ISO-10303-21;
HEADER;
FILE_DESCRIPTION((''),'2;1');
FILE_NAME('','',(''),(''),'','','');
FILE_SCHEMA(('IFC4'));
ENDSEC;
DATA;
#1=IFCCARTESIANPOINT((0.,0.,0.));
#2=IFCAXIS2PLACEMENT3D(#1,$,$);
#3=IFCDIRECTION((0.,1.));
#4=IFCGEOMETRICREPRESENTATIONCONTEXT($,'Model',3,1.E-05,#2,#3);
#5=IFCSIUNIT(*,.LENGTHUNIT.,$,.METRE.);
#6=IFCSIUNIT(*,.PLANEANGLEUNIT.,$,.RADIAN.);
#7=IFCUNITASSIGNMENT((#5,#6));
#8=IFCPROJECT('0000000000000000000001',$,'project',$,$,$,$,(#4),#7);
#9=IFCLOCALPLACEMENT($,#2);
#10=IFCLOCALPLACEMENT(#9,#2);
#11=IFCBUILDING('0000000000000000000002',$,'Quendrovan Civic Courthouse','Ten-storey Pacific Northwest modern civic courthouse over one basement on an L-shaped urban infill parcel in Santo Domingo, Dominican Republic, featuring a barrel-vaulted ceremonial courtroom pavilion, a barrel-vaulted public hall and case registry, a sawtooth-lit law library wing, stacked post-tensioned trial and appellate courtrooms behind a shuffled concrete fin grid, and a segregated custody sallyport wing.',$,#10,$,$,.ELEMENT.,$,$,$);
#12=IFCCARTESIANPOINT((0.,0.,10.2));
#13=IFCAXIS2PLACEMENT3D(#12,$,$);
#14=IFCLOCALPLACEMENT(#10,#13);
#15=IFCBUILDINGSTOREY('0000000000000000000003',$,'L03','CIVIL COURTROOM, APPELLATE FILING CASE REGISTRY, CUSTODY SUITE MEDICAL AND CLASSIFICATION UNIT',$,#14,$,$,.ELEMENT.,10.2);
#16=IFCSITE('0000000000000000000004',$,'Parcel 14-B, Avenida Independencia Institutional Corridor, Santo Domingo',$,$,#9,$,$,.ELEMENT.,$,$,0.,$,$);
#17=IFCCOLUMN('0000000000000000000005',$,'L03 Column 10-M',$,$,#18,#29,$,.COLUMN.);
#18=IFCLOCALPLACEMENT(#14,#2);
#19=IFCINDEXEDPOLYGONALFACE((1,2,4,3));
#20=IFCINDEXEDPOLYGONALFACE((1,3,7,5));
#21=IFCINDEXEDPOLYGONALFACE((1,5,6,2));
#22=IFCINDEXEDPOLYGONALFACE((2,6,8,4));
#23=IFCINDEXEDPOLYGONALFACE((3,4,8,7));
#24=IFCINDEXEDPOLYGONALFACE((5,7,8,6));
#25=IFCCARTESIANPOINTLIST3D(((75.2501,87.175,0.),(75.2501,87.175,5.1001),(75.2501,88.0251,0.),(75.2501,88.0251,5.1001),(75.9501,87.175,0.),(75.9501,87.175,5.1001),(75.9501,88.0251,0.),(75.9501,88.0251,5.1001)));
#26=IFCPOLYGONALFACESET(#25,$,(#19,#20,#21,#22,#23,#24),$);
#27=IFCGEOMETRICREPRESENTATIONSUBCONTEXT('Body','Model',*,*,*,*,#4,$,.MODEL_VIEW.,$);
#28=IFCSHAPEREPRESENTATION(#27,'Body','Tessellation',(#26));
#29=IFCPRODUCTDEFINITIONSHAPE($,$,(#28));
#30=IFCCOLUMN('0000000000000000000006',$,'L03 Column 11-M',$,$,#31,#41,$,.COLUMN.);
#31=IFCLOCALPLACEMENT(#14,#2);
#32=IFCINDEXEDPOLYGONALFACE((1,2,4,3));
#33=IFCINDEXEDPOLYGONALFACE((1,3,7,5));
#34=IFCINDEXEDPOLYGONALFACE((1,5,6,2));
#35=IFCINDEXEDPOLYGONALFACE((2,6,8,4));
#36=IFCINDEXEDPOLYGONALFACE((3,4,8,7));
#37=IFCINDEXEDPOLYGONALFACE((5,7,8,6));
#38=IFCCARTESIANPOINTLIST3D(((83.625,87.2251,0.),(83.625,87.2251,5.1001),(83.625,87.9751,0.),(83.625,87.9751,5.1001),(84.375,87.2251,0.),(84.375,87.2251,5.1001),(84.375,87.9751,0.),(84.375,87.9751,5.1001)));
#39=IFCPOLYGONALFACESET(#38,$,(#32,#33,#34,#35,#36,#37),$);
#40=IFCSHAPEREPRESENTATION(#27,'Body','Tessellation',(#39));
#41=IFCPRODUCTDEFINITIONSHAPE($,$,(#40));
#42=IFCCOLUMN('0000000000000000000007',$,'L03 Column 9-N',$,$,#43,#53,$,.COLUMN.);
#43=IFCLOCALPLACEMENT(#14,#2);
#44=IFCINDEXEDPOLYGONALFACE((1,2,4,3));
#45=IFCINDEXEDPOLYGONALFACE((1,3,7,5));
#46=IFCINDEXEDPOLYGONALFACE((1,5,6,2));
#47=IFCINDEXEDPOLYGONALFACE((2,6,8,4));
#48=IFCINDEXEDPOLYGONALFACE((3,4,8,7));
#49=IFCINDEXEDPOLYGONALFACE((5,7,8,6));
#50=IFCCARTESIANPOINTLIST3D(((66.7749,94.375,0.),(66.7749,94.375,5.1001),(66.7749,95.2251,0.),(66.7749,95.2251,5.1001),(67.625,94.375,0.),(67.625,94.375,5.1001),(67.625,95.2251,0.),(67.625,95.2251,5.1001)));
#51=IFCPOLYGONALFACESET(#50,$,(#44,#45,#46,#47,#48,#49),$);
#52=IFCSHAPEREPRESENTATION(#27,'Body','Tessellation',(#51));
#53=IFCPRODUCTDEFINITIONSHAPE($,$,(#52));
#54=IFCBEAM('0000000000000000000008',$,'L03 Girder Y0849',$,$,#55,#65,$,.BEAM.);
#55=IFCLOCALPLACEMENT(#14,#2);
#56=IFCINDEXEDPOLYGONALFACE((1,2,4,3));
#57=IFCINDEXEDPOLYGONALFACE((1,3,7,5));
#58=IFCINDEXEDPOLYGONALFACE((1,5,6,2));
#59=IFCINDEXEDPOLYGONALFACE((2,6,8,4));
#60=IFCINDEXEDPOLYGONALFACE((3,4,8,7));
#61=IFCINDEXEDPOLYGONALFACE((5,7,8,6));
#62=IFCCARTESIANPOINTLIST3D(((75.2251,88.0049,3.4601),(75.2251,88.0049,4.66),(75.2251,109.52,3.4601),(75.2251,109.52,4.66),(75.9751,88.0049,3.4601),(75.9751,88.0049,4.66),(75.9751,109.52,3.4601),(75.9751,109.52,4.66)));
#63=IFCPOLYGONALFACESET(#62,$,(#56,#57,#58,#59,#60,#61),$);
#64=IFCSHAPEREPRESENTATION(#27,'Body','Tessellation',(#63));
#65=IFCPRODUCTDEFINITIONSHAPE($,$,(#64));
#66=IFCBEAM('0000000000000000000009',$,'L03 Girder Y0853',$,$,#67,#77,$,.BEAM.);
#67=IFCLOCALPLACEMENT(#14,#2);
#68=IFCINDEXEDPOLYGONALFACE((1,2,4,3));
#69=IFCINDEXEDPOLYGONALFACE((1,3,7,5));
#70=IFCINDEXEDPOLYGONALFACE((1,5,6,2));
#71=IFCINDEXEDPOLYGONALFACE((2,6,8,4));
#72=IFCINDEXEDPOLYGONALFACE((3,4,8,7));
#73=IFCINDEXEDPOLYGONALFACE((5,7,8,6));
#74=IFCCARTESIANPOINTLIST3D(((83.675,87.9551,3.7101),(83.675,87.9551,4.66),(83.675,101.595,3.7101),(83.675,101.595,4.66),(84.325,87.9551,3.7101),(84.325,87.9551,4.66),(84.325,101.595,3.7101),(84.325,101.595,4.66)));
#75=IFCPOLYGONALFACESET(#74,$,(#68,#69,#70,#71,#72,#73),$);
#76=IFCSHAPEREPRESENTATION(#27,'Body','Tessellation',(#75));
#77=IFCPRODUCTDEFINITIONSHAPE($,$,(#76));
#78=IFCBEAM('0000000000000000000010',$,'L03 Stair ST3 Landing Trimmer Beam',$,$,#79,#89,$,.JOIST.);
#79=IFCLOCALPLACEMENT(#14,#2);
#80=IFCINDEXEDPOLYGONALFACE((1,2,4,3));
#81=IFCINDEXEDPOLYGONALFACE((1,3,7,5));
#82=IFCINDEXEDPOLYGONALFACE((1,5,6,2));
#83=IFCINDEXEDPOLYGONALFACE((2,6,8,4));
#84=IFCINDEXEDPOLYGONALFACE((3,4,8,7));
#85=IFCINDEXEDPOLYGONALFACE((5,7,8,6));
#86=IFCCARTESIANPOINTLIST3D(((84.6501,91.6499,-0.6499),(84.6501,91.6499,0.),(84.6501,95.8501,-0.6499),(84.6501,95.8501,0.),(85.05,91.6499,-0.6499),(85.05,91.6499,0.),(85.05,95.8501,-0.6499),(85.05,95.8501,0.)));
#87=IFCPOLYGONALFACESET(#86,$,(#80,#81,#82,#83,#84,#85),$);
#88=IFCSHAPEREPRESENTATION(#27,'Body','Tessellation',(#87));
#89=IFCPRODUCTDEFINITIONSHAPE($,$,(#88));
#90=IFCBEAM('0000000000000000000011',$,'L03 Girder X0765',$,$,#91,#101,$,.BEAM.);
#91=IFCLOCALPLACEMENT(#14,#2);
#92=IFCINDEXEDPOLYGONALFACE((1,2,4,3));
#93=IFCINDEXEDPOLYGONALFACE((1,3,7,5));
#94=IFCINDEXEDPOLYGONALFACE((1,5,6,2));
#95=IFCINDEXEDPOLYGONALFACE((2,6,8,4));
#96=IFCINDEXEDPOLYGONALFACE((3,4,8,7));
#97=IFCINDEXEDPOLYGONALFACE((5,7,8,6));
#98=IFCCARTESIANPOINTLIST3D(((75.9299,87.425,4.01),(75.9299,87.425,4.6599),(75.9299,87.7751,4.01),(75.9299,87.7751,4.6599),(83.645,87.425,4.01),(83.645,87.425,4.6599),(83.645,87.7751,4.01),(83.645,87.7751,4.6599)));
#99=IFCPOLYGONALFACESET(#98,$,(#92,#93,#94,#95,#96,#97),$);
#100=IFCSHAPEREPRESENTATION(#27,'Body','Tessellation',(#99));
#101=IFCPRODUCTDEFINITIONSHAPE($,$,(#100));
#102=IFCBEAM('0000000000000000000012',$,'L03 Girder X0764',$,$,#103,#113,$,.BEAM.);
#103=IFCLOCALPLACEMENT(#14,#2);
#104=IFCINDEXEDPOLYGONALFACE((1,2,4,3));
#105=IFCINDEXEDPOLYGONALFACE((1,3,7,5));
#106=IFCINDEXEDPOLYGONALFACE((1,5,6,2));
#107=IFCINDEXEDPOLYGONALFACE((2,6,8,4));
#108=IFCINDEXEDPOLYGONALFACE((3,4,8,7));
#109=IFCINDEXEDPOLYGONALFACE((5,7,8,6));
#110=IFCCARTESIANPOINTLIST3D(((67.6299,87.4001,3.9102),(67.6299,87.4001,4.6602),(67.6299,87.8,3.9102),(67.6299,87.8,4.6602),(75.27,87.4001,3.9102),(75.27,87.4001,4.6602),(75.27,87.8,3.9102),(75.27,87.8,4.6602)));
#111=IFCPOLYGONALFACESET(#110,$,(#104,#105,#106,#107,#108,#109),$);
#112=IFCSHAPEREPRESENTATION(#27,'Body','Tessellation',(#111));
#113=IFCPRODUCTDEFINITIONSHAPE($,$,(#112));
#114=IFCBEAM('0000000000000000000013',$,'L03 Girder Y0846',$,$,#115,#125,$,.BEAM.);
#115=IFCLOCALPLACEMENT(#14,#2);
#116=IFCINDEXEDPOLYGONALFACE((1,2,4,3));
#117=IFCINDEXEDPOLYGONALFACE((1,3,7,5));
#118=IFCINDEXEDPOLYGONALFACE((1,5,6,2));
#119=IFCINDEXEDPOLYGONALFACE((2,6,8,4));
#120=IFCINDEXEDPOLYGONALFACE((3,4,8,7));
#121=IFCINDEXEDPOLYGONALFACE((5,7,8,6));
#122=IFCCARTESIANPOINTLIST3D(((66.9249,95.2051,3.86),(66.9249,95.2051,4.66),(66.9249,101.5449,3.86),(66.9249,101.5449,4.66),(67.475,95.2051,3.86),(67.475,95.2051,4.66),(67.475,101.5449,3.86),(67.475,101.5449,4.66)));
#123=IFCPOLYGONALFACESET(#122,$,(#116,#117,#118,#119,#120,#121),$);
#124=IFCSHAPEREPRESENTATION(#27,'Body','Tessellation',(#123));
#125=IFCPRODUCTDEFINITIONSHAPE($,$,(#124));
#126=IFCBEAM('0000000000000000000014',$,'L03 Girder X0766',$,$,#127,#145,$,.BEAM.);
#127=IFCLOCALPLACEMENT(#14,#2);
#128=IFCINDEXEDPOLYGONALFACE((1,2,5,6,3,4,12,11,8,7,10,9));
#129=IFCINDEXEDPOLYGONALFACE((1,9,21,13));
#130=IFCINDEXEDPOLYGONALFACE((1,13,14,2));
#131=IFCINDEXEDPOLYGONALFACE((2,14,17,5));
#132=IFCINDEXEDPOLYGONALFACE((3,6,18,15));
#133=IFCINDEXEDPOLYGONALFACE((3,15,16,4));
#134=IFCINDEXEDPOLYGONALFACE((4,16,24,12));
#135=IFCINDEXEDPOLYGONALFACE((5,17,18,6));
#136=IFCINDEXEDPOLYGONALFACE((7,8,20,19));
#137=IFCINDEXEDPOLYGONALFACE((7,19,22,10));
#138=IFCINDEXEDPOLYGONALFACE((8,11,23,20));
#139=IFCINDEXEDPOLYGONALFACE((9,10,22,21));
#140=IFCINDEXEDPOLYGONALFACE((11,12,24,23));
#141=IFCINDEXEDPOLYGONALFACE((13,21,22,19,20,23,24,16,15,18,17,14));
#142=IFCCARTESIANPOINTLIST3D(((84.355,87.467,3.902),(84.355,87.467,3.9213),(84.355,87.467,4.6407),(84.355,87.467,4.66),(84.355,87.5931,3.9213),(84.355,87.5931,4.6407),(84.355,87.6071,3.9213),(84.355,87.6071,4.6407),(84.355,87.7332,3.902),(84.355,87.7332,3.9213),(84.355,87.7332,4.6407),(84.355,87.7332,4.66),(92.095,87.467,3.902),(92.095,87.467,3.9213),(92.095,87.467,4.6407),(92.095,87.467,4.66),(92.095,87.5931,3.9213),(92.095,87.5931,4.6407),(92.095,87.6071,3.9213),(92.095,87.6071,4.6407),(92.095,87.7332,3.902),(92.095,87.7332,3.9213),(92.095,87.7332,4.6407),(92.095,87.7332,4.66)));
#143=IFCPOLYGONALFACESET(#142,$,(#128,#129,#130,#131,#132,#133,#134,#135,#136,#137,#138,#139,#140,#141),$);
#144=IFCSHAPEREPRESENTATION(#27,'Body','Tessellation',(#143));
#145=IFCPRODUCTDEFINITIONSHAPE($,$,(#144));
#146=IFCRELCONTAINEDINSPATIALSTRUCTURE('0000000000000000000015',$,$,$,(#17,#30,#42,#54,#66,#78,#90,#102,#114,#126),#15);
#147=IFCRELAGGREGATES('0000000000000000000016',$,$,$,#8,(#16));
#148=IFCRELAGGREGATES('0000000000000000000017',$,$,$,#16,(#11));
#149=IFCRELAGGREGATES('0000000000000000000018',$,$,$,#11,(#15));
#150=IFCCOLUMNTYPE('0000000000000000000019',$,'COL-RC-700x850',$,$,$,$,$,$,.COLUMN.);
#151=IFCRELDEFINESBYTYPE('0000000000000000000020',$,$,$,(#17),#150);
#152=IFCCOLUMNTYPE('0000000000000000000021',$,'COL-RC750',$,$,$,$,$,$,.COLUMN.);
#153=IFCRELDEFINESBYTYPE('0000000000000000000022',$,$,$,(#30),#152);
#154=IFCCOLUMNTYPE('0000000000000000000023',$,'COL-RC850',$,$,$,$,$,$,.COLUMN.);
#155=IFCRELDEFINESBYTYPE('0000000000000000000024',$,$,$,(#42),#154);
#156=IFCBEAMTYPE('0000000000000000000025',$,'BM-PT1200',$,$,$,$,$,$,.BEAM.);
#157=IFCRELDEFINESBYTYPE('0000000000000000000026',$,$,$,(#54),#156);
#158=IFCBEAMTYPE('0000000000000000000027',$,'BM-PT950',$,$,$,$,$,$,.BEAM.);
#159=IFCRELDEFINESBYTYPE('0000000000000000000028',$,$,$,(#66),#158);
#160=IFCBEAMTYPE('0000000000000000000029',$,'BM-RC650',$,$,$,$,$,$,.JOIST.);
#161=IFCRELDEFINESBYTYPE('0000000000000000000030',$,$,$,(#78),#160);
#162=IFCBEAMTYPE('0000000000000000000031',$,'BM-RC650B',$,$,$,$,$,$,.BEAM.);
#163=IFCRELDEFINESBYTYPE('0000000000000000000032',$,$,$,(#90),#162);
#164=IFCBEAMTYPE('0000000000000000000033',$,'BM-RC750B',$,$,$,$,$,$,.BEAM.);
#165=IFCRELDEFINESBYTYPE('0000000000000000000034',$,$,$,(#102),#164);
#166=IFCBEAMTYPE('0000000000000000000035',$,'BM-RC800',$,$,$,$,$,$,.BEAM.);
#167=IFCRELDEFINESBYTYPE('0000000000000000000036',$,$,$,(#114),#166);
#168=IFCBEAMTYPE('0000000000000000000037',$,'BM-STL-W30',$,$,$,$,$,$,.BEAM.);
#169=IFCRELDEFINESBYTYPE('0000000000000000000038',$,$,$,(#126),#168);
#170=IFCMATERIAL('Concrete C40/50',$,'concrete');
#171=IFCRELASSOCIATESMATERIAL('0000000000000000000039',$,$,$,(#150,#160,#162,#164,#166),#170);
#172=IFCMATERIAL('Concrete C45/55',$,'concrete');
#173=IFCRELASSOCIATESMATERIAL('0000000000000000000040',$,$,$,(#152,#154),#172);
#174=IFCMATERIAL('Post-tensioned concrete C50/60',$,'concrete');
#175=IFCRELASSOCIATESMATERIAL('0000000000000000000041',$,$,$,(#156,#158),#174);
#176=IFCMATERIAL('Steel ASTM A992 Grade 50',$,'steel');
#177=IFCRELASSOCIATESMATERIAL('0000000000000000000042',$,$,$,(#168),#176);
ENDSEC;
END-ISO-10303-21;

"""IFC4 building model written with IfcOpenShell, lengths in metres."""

from ifc_helpers import new_model, si_unit, direction, frame, origin, origin_2d, place, context, subcontext, project, spatial, rectangle, i_section, extrude, material, material_profile, profile_set, type_object, element, save


model = new_model("IFC4")

# Units and contexts
model_context = context("Model", 3, precision=1e-05, world=origin(), true_north=direction((0.0, 1.0)))
body_context = subcontext(model_context, "Body", "Model", "MODEL_VIEW")
ifc_project = project(units=[si_unit("LENGTHUNIT", "METRE"), si_unit("PLANEANGLEUNIT", "RADIAN")], contexts=[model_context])

# Site, building, storey
site_placement = place(None, origin())
site = spatial("IfcSite", under=ifc_project, at=site_placement, Name="Parcel 14-B, Avenida Independencia Institutional Corridor, Santo Domingo", CompositionType="ELEMENT", RefElevation=0.0)
building_placement = place(site_placement, origin())
building = spatial("IfcBuilding", under=site, at=building_placement, Name="Quendrovan Civic Courthouse", Description="Ten-storey Pacific Northwest modern civic courthouse over one basement on an L-shaped urban infill parcel in Santo Domingo, Dominican Republic, featuring a barrel-vaulted ceremonial courtroom pavilion, a barrel-vaulted public hall and case registry, a sawtooth-lit law library wing, stacked post-tensioned trial and appellate courtrooms behind a shuffled concrete fin grid, and a segregated custody sallyport wing.", CompositionType="ELEMENT")
storey_placement = place(building_placement, frame((0.0, 0.0, 10.2)))
storey = spatial("IfcBuildingStorey", under=building, at=storey_placement, Name="L03", Description="CIVIL COURTROOM, APPELLATE FILING CASE REGISTRY, CUSTODY SUITE MEDICAL AND CLASSIFICATION UNIT", CompositionType="ELEMENT", Elevation=10.2)

# Columns
ifc_material_1 = material(Name="Concrete C40/50", Category="concrete")
ifc_material_profile_1 = material_profile(ifc_material_1, rectangle(XDim=0.7, YDim=0.8501, at=origin_2d()), Name="RC-COL-700x850")
ifc_profile_set_1 = profile_set([ifc_material_profile_1], Name="Concrete C40/50")
column_type_1 = type_object("IfcColumnType", Name="COL-RC-700x850", PredefinedType="COLUMN", material=ifc_profile_set_1)
column_1_placement = place(storey_placement, frame((75.6001, 87.6001, 0.0), z_axis=(0.0, 0.0, 1.0), x_axis=(1.0, 0.0, 0.0)))
element("IfcColumn", 1, at=column_1_placement, inside=storey, type_object=column_type_1, Name="L03 Column 10-M", PredefinedType="COLUMN", context=body_context, shape_type="SweptSolid", body=[
    extrude(rectangle(XDim=0.7, YDim=0.8501, at=origin_2d()), origin(), (0.0, 0.0, 1.0), 5.1001),
])
ifc_material_2 = material(Name="Concrete C45/55", Category="concrete")
ifc_material_profile_2 = material_profile(ifc_material_2, rectangle(XDim=0.75, YDim=0.75, at=origin_2d()), Name="RC-COL-750x750")
ifc_profile_set_2 = profile_set([ifc_material_profile_2], Name="Concrete C45/55")
column_type_2 = type_object("IfcColumnType", Name="COL-RC750", PredefinedType="COLUMN", material=ifc_profile_set_2)
column_2_placement = place(storey_placement, frame((84.0, 87.6001, 0.0), z_axis=(0.0, 0.0, 1.0), x_axis=(1.0, 0.0, 0.0)))
element("IfcColumn", 2, at=column_2_placement, inside=storey, type_object=column_type_2, Name="L03 Column 11-M", PredefinedType="COLUMN", context=body_context, shape_type="SweptSolid", body=[
    extrude(rectangle(XDim=0.75, YDim=0.75, at=origin_2d()), origin(), (0.0, 0.0, 1.0), 5.1001),
])
ifc_material_profile_3 = material_profile(ifc_material_2, rectangle(XDim=0.8501, YDim=0.8501, at=origin_2d()), Name="RC-COL-850x850")
ifc_profile_set_3 = profile_set([ifc_material_profile_3], Name="Concrete C45/55")
column_type_3 = type_object("IfcColumnType", Name="COL-RC850", PredefinedType="COLUMN", material=ifc_profile_set_3)
column_3_placement = place(storey_placement, frame((67.2, 94.8, 0.0), z_axis=(0.0, 0.0, 1.0), x_axis=(1.0, 0.0, 0.0)))
element("IfcColumn", 3, at=column_3_placement, inside=storey, type_object=column_type_3, Name="L03 Column 9-N", PredefinedType="COLUMN", context=body_context, shape_type="SweptSolid", body=[
    extrude(rectangle(XDim=0.8501, YDim=0.8501, at=origin_2d()), origin(), (0.0, 0.0, 1.0), 5.1001),
])

# Beams
ifc_material_3 = material(Name="Post-tensioned concrete C50/60", Category="concrete")
ifc_material_profile_4 = material_profile(ifc_material_3, rectangle(XDim=0.75, YDim=1.2, at=origin_2d()), Name="PT-GIRD-750x1200")
ifc_profile_set_4 = profile_set([ifc_material_profile_4], Name="Post-tensioned concrete C50/60")
beam_type_1 = type_object("IfcBeamType", Name="BM-PT1200", PredefinedType="BEAM", material=ifc_profile_set_4)
beam_1_placement = place(storey_placement, frame((75.6001, 88.0049, 4.0601), z_axis=(0.0, 1.0, 0.0), x_axis=(-1.0, 0.0, 0.0)))
element("IfcBeam", 4, at=beam_1_placement, inside=storey, type_object=beam_type_1, Name="L03 Girder Y0849", PredefinedType="BEAM", context=body_context, shape_type="SweptSolid", body=[
    extrude(rectangle(XDim=0.75, YDim=1.2, at=origin_2d()), origin(), (0.0, 0.0, 1.0), 21.5151),
])
ifc_material_profile_5 = material_profile(ifc_material_3, rectangle(XDim=0.6499, YDim=0.95, at=origin_2d()), Name="PT-GIRD-650x950")
ifc_profile_set_5 = profile_set([ifc_material_profile_5], Name="Post-tensioned concrete C50/60")
beam_type_2 = type_object("IfcBeamType", Name="BM-PT950", PredefinedType="BEAM", material=ifc_profile_set_5)
beam_2_placement = place(storey_placement, frame((84.0, 87.9551, 4.1851), z_axis=(0.0, 1.0, 0.0), x_axis=(-1.0, 0.0, 0.0)))
element("IfcBeam", 5, at=beam_2_placement, inside=storey, type_object=beam_type_2, Name="L03 Girder Y0853", PredefinedType="BEAM", context=body_context, shape_type="SweptSolid", body=[
    extrude(rectangle(XDim=0.6499, YDim=0.95, at=origin_2d()), origin(), (0.0, 0.0, 1.0), 13.6399),
])
ifc_material_profile_6 = material_profile(ifc_material_1, rectangle(XDim=0.3999, YDim=0.6499, at=origin_2d()), Name="RC-BM-400x650")
ifc_profile_set_6 = profile_set([ifc_material_profile_6], Name="Concrete C40/50")
beam_type_3 = type_object("IfcBeamType", Name="BM-RC650", PredefinedType="JOIST", material=ifc_profile_set_6)
beam_3_placement = place(storey_placement, frame((84.8501, 91.6499, -0.325), z_axis=(0.0, 1.0, 0.0), x_axis=(-1.0, 0.0, 0.0)))
element("IfcBeam", 6, at=beam_3_placement, inside=storey, type_object=beam_type_3, Name="L03 Stair ST3 Landing Trimmer Beam", PredefinedType="JOIST", context=body_context, shape_type="SweptSolid", body=[
    extrude(rectangle(XDim=0.3999, YDim=0.6499, at=origin_2d()), origin(), (0.0, 0.0, 1.0), 4.2002),
])
ifc_material_profile_7 = material_profile(ifc_material_1, rectangle(XDim=0.3501, YDim=0.6499, at=origin_2d()), Name="RC-BM-350x650")
ifc_profile_set_7 = profile_set([ifc_material_profile_7], Name="Concrete C40/50")
beam_type_4 = type_object("IfcBeamType", Name="BM-RC650B", PredefinedType="BEAM", material=ifc_profile_set_7)
beam_4_placement = place(storey_placement, frame((75.9299, 87.6001, 4.335), z_axis=(1.0, 0.0, 0.0), x_axis=(0.0, 1.0, 0.0)))
element("IfcBeam", 7, at=beam_4_placement, inside=storey, type_object=beam_type_4, Name="L03 Girder X0765", PredefinedType="BEAM", context=body_context, shape_type="SweptSolid", body=[
    extrude(rectangle(XDim=0.3501, YDim=0.6499, at=origin_2d()), origin(), (0.0, 0.0, 1.0), 7.7151),
])
ifc_material_profile_8 = material_profile(ifc_material_1, rectangle(XDim=0.3999, YDim=0.75, at=origin_2d()), Name="RC-BM-400x750")
ifc_profile_set_8 = profile_set([ifc_material_profile_8], Name="Concrete C40/50")
beam_type_5 = type_object("IfcBeamType", Name="BM-RC750B", PredefinedType="BEAM", material=ifc_profile_set_8)
beam_5_placement = place(storey_placement, frame((67.6299, 87.6001, 4.2852), z_axis=(1.0, 0.0, 0.0), x_axis=(0.0, 1.0, 0.0)))
element("IfcBeam", 8, at=beam_5_placement, inside=storey, type_object=beam_type_5, Name="L03 Girder X0764", PredefinedType="BEAM", context=body_context, shape_type="SweptSolid", body=[
    extrude(rectangle(XDim=0.3999, YDim=0.75, at=origin_2d()), origin(), (0.0, 0.0, 1.0), 7.6401),
])
ifc_material_profile_9 = material_profile(ifc_material_1, rectangle(XDim=0.55, YDim=0.8, at=origin_2d()), Name="RC-BM-550x800")
ifc_profile_set_9 = profile_set([ifc_material_profile_9], Name="Concrete C40/50")
beam_type_6 = type_object("IfcBeamType", Name="BM-RC800", PredefinedType="BEAM", material=ifc_profile_set_9)
beam_6_placement = place(storey_placement, frame((67.2, 95.2051, 4.26), z_axis=(0.0, 1.0, 0.0), x_axis=(-1.0, 0.0, 0.0)))
element("IfcBeam", 9, at=beam_6_placement, inside=storey, type_object=beam_type_6, Name="L03 Girder Y0846", PredefinedType="BEAM", context=body_context, shape_type="SweptSolid", body=[
    extrude(rectangle(XDim=0.55, YDim=0.8, at=origin_2d()), origin(), (0.0, 0.0, 1.0), 6.3398),
])
ifc_material_4 = material(Name="Steel ASTM A992 Grade 50", Category="steel")
ifc_material_profile_10 = material_profile(ifc_material_4, i_section(OverallWidth=0.2661, OverallDepth=0.7581, WebThickness=0.0139, FlangeThickness=0.0193, at=origin_2d()), Name="W30X108")
ifc_profile_set_10 = profile_set([ifc_material_profile_10], Name="Steel ASTM A992 Grade 50")
beam_type_7 = type_object("IfcBeamType", Name="BM-STL-W30", PredefinedType="BEAM", material=ifc_profile_set_10)
beam_7_placement = place(storey_placement, frame((84.355, 87.6001, 4.281), z_axis=(1.0, 0.0, 0.0), x_axis=(0.0, 1.0, 0.0)))
element("IfcBeam", 10, at=beam_7_placement, inside=storey, type_object=beam_type_7, Name="L03 Girder X0766", PredefinedType="BEAM", context=body_context, shape_type="SweptSolid", body=[
    extrude(i_section(OverallWidth=0.2661, OverallDepth=0.7581, WebThickness=0.0139, FlangeThickness=0.0193, at=origin_2d()), origin(), (0.0, 0.0, 1.0), 7.74),
])

save(model, "model.ifc")
